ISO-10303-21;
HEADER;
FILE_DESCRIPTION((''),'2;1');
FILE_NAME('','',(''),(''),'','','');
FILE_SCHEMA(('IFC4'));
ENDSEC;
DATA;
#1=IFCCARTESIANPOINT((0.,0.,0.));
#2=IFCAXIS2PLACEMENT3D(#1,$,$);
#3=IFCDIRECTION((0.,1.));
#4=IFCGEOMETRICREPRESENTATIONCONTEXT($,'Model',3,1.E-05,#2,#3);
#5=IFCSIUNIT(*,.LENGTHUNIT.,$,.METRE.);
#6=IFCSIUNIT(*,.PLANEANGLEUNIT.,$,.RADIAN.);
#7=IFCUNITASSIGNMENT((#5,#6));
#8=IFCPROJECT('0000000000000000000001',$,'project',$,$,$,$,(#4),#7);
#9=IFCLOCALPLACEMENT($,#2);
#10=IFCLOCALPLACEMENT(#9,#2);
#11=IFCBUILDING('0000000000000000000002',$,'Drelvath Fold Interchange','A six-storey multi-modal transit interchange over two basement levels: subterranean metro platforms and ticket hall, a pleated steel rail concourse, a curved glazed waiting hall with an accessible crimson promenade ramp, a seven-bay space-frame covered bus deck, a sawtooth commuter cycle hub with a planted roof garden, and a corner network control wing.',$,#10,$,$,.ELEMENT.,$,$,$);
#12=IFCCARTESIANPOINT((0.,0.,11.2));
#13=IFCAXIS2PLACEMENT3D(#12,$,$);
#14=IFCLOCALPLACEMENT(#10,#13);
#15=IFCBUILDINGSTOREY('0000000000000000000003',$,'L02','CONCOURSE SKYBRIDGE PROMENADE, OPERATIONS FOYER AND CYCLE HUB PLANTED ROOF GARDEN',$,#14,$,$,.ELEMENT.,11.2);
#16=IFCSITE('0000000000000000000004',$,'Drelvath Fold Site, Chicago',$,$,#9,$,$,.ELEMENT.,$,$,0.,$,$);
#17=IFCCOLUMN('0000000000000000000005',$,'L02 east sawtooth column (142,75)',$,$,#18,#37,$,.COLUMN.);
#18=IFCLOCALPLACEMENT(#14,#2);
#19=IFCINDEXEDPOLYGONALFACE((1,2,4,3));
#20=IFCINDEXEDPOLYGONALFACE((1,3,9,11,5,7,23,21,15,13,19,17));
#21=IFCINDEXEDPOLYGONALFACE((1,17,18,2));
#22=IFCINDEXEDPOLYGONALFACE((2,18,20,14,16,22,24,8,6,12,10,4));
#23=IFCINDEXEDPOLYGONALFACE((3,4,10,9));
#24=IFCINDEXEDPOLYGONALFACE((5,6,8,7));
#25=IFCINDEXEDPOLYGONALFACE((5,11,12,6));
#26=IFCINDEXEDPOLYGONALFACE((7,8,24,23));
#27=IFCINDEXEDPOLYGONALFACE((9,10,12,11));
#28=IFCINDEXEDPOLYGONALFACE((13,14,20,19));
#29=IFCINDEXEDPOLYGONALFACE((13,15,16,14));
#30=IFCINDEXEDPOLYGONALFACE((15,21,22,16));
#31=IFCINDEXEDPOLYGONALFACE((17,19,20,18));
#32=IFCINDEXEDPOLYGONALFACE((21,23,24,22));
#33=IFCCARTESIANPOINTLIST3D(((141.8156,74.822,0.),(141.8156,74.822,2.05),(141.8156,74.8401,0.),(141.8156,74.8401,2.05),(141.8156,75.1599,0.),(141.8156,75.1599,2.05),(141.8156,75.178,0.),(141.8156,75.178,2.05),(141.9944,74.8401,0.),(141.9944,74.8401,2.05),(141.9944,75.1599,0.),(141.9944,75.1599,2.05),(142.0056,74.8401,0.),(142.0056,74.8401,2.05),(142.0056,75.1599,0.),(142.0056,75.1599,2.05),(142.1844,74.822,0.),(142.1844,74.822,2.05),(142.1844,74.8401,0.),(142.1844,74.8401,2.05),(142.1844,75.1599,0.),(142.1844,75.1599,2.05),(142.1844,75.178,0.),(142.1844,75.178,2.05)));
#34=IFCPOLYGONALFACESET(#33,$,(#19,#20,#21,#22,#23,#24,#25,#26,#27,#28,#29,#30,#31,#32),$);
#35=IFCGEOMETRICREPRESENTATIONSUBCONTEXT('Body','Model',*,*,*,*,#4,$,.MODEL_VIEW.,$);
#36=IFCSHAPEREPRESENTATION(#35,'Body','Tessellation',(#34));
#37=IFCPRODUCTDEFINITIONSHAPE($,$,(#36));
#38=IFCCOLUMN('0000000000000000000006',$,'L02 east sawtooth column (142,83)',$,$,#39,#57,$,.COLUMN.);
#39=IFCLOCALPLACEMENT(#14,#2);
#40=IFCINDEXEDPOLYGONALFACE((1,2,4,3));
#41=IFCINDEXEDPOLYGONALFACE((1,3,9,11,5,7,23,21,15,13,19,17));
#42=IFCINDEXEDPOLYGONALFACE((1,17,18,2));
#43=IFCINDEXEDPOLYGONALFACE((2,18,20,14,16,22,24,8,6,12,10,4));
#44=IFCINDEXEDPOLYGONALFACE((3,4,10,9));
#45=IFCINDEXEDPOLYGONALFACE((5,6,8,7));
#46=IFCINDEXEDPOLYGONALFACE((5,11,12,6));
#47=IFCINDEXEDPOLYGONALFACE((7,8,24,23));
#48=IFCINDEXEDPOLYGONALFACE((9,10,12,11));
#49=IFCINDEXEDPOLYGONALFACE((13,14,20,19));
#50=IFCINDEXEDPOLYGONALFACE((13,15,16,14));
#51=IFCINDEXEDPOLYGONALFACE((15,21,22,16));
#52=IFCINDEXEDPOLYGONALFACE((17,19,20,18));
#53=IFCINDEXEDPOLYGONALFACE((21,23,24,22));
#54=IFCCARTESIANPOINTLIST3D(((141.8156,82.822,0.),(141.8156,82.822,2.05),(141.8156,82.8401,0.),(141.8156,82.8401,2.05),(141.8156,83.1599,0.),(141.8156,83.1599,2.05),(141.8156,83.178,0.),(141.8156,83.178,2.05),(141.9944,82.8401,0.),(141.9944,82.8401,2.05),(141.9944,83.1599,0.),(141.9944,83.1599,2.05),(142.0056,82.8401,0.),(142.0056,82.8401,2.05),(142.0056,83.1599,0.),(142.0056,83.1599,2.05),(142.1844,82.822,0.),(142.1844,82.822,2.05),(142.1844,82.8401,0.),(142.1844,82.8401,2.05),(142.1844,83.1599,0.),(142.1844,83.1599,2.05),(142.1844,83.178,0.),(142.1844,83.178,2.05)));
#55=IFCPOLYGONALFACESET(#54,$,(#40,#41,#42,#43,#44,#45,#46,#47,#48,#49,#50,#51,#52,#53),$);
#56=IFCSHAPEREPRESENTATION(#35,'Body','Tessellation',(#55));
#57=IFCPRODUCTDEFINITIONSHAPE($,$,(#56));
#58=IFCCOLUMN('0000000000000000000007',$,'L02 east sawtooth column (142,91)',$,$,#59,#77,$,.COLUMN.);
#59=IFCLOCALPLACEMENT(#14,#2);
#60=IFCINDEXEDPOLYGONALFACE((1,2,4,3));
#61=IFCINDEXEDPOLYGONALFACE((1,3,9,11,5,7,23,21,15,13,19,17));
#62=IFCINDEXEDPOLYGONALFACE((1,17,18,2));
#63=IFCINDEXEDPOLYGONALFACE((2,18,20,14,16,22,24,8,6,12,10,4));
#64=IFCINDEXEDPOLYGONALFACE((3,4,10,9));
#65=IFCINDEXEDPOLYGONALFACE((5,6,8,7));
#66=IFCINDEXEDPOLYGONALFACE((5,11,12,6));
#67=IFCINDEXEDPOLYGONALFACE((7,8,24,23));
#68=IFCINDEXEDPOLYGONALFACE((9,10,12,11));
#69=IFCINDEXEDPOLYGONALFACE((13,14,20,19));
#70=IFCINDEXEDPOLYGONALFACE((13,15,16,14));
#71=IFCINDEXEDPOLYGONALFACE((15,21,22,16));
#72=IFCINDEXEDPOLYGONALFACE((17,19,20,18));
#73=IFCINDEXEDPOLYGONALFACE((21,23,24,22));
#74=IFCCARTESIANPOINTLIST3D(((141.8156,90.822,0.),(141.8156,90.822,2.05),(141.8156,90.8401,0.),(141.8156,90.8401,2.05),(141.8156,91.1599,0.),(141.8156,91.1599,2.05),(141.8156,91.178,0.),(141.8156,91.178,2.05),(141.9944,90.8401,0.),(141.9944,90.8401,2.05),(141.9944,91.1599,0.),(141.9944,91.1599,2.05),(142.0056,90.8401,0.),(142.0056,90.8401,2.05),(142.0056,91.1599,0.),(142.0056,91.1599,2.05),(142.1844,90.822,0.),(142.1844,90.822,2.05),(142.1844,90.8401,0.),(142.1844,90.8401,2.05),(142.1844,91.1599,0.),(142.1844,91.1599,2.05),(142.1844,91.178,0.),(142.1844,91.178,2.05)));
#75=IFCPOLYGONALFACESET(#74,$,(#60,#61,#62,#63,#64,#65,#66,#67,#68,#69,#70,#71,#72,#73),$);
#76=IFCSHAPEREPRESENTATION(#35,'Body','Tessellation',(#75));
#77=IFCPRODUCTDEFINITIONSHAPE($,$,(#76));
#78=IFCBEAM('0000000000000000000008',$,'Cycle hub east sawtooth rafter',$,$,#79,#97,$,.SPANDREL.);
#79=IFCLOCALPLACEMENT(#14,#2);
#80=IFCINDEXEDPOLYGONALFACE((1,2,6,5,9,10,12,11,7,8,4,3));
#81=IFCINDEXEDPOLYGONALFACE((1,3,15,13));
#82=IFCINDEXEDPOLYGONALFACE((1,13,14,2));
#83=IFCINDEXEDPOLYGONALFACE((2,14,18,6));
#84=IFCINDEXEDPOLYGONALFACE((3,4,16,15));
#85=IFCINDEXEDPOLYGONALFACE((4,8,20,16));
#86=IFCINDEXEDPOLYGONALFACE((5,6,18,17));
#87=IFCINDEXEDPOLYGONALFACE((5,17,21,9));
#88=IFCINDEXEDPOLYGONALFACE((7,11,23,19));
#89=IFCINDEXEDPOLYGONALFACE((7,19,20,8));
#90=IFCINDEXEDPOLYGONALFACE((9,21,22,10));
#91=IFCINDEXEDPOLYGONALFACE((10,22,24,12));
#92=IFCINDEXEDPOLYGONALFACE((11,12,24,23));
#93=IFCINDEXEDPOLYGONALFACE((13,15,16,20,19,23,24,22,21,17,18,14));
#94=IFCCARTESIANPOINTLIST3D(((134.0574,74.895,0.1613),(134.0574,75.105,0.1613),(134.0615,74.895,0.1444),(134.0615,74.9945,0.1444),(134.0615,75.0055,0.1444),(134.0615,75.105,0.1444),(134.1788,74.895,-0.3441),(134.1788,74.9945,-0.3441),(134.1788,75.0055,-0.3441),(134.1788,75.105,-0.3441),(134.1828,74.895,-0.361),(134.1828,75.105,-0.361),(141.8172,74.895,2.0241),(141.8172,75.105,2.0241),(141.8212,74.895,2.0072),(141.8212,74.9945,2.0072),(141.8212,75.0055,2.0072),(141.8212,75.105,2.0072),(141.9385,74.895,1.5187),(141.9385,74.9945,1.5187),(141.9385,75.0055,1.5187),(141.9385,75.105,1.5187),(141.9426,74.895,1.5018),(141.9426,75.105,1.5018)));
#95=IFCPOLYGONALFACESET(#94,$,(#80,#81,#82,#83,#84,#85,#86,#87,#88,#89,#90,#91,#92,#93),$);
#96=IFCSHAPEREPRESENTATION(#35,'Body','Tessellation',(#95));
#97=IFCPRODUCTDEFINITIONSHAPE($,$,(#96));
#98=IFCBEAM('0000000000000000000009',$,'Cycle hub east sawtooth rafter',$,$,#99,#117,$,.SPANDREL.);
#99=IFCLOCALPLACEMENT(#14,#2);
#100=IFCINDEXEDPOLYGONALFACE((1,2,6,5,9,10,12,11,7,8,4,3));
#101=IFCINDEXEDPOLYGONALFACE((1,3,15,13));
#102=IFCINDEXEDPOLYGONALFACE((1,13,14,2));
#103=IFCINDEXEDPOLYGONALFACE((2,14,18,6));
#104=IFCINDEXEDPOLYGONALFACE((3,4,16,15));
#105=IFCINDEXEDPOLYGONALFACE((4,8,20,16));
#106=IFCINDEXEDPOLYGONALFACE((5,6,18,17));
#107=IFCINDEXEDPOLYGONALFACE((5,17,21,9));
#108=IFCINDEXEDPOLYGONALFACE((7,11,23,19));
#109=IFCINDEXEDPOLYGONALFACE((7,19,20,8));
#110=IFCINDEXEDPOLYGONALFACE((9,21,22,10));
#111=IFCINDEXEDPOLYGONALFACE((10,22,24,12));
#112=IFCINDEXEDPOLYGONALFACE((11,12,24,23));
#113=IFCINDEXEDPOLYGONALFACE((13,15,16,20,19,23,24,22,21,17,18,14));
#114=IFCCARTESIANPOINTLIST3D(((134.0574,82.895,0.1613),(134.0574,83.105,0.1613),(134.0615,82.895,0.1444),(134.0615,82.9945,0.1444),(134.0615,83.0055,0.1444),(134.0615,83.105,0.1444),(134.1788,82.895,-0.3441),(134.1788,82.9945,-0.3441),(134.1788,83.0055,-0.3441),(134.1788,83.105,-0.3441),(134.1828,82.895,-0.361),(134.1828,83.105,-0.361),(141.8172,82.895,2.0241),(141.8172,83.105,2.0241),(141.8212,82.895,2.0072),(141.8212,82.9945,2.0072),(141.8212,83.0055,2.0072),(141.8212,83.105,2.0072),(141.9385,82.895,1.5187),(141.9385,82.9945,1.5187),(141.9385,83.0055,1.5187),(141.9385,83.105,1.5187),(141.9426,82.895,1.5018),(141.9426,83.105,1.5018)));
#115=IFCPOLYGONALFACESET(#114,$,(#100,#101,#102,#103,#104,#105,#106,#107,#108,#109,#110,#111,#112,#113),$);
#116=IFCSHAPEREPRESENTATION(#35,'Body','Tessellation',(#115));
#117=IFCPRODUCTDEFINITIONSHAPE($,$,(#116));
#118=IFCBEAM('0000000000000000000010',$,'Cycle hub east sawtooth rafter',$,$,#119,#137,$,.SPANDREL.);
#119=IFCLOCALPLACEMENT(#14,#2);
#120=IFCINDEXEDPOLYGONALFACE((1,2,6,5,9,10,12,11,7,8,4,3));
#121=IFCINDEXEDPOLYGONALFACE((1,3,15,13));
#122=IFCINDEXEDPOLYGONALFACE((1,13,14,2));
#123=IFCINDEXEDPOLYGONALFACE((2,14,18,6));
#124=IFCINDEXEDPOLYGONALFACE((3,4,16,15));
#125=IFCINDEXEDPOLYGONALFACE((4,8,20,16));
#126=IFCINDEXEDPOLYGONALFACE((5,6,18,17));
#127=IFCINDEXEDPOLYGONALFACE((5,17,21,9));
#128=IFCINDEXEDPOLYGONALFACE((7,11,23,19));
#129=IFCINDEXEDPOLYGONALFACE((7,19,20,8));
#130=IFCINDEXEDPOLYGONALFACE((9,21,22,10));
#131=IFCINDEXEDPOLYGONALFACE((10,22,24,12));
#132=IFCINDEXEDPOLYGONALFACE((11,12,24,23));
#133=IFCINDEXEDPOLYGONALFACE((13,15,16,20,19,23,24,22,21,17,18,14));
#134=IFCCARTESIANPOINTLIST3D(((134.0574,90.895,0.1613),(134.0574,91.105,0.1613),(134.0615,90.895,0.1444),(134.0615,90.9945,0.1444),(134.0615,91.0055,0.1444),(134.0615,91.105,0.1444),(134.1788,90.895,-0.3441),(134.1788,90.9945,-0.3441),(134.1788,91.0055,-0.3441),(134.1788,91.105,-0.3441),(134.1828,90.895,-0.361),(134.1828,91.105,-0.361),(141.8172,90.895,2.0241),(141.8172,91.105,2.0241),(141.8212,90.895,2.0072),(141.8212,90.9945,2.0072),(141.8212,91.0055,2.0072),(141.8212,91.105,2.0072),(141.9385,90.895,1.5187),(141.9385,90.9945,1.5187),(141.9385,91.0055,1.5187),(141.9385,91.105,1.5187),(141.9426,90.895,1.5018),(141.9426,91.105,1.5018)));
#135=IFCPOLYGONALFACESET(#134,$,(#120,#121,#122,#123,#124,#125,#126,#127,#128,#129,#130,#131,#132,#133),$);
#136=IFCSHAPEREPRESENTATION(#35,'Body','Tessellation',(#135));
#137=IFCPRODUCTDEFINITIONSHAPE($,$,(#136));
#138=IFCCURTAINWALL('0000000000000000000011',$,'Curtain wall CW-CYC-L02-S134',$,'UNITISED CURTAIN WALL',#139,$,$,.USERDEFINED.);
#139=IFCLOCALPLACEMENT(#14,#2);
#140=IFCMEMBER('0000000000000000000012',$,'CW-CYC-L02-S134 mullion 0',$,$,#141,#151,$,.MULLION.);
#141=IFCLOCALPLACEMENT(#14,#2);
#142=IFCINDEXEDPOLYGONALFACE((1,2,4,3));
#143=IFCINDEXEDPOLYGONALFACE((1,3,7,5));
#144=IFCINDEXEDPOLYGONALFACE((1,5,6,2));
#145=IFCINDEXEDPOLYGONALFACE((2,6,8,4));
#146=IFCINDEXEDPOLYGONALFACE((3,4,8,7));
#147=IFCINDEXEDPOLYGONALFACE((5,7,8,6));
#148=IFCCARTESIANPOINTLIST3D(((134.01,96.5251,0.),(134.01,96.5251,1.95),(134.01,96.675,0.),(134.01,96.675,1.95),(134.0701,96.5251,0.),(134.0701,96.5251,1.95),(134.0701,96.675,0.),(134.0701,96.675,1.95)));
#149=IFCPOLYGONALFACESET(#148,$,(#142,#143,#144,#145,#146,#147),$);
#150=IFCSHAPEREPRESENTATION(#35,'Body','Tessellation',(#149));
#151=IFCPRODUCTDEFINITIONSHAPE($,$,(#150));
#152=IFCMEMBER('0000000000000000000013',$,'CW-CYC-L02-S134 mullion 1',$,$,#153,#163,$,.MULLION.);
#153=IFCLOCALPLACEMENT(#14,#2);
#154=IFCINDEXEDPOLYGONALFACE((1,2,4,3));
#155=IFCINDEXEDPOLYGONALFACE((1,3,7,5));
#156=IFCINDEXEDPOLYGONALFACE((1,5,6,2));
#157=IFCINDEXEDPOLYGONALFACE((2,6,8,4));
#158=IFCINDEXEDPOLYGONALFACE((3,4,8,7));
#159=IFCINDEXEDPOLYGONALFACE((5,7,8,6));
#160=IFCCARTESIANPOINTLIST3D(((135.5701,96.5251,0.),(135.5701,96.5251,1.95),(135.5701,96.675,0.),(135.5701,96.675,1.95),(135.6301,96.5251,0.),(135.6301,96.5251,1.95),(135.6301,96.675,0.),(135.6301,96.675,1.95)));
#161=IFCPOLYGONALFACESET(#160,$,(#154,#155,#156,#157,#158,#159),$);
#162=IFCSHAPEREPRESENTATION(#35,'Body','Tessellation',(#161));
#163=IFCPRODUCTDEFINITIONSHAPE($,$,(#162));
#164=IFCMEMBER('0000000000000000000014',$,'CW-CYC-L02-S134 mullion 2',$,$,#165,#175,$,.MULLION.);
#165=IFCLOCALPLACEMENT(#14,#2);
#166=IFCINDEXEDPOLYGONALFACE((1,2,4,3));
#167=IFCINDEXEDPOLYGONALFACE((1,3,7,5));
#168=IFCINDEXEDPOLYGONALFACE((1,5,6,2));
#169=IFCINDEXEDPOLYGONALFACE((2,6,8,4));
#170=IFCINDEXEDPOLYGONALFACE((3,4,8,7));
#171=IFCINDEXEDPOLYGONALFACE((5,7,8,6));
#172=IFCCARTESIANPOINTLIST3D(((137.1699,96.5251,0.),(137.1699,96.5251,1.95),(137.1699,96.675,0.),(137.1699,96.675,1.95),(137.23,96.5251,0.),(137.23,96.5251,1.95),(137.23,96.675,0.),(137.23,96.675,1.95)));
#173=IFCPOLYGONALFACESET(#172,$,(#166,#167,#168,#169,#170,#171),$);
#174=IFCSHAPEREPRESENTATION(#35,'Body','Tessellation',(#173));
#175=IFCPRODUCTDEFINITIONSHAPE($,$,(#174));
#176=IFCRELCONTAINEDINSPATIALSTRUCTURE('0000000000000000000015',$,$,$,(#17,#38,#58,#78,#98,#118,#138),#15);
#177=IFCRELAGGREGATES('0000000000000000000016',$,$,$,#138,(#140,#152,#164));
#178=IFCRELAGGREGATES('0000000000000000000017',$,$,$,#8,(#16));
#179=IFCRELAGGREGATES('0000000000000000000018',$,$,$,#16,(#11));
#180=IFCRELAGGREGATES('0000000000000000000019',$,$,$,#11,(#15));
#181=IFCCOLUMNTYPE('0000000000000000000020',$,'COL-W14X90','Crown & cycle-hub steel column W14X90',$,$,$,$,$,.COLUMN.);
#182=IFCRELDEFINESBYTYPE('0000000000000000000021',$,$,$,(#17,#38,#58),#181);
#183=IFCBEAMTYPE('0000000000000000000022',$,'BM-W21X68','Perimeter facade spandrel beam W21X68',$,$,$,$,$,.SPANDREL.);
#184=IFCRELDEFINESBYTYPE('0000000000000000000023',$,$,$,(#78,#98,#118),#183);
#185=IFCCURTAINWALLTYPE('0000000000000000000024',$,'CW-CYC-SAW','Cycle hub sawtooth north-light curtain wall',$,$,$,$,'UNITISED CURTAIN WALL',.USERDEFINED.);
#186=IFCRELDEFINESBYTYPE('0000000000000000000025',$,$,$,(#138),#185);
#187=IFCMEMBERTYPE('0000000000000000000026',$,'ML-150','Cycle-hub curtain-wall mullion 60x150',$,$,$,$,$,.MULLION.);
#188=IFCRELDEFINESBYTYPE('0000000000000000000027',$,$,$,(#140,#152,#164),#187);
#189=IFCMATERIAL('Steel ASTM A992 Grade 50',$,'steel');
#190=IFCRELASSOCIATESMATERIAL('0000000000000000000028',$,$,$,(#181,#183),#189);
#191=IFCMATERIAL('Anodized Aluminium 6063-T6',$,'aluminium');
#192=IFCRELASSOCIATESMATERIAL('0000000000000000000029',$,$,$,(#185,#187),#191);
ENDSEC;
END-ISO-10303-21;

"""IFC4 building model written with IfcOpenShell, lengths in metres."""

from ifc_helpers import new_model, si_unit, direction, frame, origin, origin_2d, place, context, subcontext, project, spatial, rectangle, i_section, extrude, material, material_profile, profile_set, type_object, element, aggregate, save


model = new_model("IFC4")

# Units and contexts
model_context = context("Model", 3, precision=1e-05, world=origin(), true_north=direction((0.0, 1.0)))
body_context = subcontext(model_context, "Body", "Model", "MODEL_VIEW")
ifc_project = project(units=[si_unit("LENGTHUNIT", "METRE"), si_unit("PLANEANGLEUNIT", "RADIAN")], contexts=[model_context])

# Site, building, storey
site_placement = place(None, origin())
site = spatial("IfcSite", under=ifc_project, at=site_placement, Name="Drelvath Fold Site, Chicago", CompositionType="ELEMENT", RefElevation=0.0)
building_placement = place(site_placement, origin())
building = spatial("IfcBuilding", under=site, at=building_placement, Name="Drelvath Fold Interchange", Description="A six-storey multi-modal transit interchange over two basement levels: subterranean metro platforms and ticket hall, a pleated steel rail concourse, a curved glazed waiting hall with an accessible crimson promenade ramp, a seven-bay space-frame covered bus deck, a sawtooth commuter cycle hub with a planted roof garden, and a corner network control wing.", CompositionType="ELEMENT")
storey_placement = place(building_placement, frame((0.0, 0.0, 11.2)))
storey = spatial("IfcBuildingStorey", under=building, at=storey_placement, Name="L02", Description="CONCOURSE SKYBRIDGE PROMENADE, OPERATIONS FOYER AND CYCLE HUB PLANTED ROOF GARDEN", CompositionType="ELEMENT", Elevation=11.2)

# Columns
ifc_material_1 = material(Name="Steel ASTM A992 Grade 50", Category="steel")
ifc_material_profile_1 = material_profile(ifc_material_1, i_section(OverallWidth=0.3689, OverallDepth=0.356, WebThickness=0.0112, FlangeThickness=0.0181, at=origin_2d()), Name="W14X90")
ifc_profile_set_1 = profile_set([ifc_material_profile_1], Name="Steel ASTM A992 Grade 50")
column_type = type_object("IfcColumnType", Name="COL-W14X90", Description="Crown & cycle-hub steel column W14X90", PredefinedType="COLUMN", material=ifc_profile_set_1)
for number, where, z_axis, x_axis, name in (
    (1, (142.0, 75.0, 0.0), (0.0, 0.0, 1.0), (1.0, 0.0, 0.0), "L02 east sawtooth column (142,75)"),
    (2, (142.0, 83.0, 0.0), (0.0, 0.0, 1.0), (1.0, 0.0, 0.0), "L02 east sawtooth column (142,83)"),
    (3, (142.0, 91.0, 0.0), (0.0, 0.0, 1.0), (1.0, 0.0, 0.0), "L02 east sawtooth column (142,91)"),
):
    element("IfcColumn", number, at=place(storey_placement, frame(where, z_axis=z_axis, x_axis=x_axis)), inside=storey, type_object=column_type, Name=name, PredefinedType="COLUMN", context=body_context, shape_type="SweptSolid", body=[
        extrude(i_section(OverallWidth=0.3689, OverallDepth=0.356, WebThickness=0.0112, FlangeThickness=0.0181, at=origin_2d()), origin(), (0.0, 0.0, 1.0), 2.05),
    ])

# Beams
ifc_material_profile_2 = material_profile(ifc_material_1, i_section(OverallWidth=0.21, OverallDepth=0.5371, WebThickness=0.011, FlangeThickness=0.0173, at=origin_2d()), Name="W21X68")
ifc_profile_set_2 = profile_set([ifc_material_profile_2], Name="Steel ASTM A992 Grade 50")
beam_type = type_object("IfcBeamType", Name="BM-W21X68", Description="Perimeter facade spandrel beam W21X68", PredefinedType="SPANDREL", material=ifc_profile_set_2)
for number, where, z_axis, x_axis, name in (
    (4, (134.1201, 75.0, -0.0999), (0.972375, 0.0, 0.233426), (0.0, 1.0, 0.0), "Cycle hub east sawtooth rafter"),
    (5, (134.1201, 83.0, -0.0999), (0.972375, 0.0, 0.233426), (0.0, 1.0, 0.0), "Cycle hub east sawtooth rafter"),
    (6, (134.1201, 91.0, -0.0999), (0.972375, 0.0, 0.233426), (0.0, 1.0, 0.0), "Cycle hub east sawtooth rafter"),
):
    element("IfcBeam", number, at=place(storey_placement, frame(where, z_axis=z_axis, x_axis=x_axis)), inside=storey, type_object=beam_type, Name=name, PredefinedType="SPANDREL", context=body_context, shape_type="SweptSolid", body=[
        extrude(i_section(OverallWidth=0.21, OverallDepth=0.5371, WebThickness=0.011, FlangeThickness=0.0173, at=origin_2d()), origin(), (0.0, 0.0, 1.0), 7.9802),
    ])

# Curtain wall, members
ifc_material_2 = material(Name="Anodized Aluminium 6063-T6", Category="aluminium")
curtain_wall_type = type_object("IfcCurtainWallType", Name="CW-CYC-SAW", Description="Cycle hub sawtooth north-light curtain wall", ElementType="UNITISED CURTAIN WALL", PredefinedType="USERDEFINED", material=ifc_material_2)
curtain_wall_placement = place(storey_placement, origin())
curtain_wall = element("IfcCurtainWall", 7, at=curtain_wall_placement, inside=storey, type_object=curtain_wall_type, Name="Curtain wall CW-CYC-L02-S134", ObjectType="UNITISED CURTAIN WALL", PredefinedType="USERDEFINED")
ifc_material_profile_3 = material_profile(ifc_material_2, rectangle(XDim=0.0601, YDim=0.1499, at=origin_2d()), Name="AL-M 60x150")
ifc_profile_set_3 = profile_set([ifc_material_profile_3], Name="Anodized Aluminium 6063-T6")
member_type_1 = type_object("IfcMemberType", Name="ML-150", Description="Cycle-hub curtain-wall mullion 60x150", PredefinedType="MULLION", material=ifc_profile_set_3)
member_1_placement = place(storey_placement, frame((134.04, 96.6001, 0.0), z_axis=(0.0, 0.0, 1.0), x_axis=(1.0, 0.0, 0.0)))
member_1 = element("IfcMember", 8, at=member_1_placement, type_object=member_type_1, Name="CW-CYC-L02-S134 mullion 0", PredefinedType="MULLION", context=body_context, shape_type="SweptSolid", body=[
    extrude(rectangle(XDim=0.0601, YDim=0.1499, at=origin_2d()), origin(), (0.0, 0.0, 1.0), 1.95),
])
member_2_placement = place(storey_placement, frame((135.6001, 96.6001, 0.0), z_axis=(0.0, 0.0, 1.0), x_axis=(1.0, 0.0, 0.0)))
member_2 = element("IfcMember", 9, at=member_2_placement, type_object=member_type_1, Name="CW-CYC-L02-S134 mullion 1", PredefinedType="MULLION", context=body_context, shape_type="SweptSolid", body=[
    extrude(rectangle(XDim=0.0601, YDim=0.1499, at=origin_2d()), origin(), (0.0, 0.0, 1.0), 1.95),
])
member_3_placement = place(storey_placement, frame((137.2, 96.6001, 0.0), z_axis=(0.0, 0.0, 1.0), x_axis=(1.0, 0.0, 0.0)))
member_3 = element("IfcMember", 10, at=member_3_placement, type_object=member_type_1, Name="CW-CYC-L02-S134 mullion 2", PredefinedType="MULLION", context=body_context, shape_type="SweptSolid", body=[
    extrude(rectangle(XDim=0.0601, YDim=0.1499, at=origin_2d()), origin(), (0.0, 0.0, 1.0), 1.95),
])

aggregate(curtain_wall, [member_1, member_2, member_3])

save(model, "model.ifc")
